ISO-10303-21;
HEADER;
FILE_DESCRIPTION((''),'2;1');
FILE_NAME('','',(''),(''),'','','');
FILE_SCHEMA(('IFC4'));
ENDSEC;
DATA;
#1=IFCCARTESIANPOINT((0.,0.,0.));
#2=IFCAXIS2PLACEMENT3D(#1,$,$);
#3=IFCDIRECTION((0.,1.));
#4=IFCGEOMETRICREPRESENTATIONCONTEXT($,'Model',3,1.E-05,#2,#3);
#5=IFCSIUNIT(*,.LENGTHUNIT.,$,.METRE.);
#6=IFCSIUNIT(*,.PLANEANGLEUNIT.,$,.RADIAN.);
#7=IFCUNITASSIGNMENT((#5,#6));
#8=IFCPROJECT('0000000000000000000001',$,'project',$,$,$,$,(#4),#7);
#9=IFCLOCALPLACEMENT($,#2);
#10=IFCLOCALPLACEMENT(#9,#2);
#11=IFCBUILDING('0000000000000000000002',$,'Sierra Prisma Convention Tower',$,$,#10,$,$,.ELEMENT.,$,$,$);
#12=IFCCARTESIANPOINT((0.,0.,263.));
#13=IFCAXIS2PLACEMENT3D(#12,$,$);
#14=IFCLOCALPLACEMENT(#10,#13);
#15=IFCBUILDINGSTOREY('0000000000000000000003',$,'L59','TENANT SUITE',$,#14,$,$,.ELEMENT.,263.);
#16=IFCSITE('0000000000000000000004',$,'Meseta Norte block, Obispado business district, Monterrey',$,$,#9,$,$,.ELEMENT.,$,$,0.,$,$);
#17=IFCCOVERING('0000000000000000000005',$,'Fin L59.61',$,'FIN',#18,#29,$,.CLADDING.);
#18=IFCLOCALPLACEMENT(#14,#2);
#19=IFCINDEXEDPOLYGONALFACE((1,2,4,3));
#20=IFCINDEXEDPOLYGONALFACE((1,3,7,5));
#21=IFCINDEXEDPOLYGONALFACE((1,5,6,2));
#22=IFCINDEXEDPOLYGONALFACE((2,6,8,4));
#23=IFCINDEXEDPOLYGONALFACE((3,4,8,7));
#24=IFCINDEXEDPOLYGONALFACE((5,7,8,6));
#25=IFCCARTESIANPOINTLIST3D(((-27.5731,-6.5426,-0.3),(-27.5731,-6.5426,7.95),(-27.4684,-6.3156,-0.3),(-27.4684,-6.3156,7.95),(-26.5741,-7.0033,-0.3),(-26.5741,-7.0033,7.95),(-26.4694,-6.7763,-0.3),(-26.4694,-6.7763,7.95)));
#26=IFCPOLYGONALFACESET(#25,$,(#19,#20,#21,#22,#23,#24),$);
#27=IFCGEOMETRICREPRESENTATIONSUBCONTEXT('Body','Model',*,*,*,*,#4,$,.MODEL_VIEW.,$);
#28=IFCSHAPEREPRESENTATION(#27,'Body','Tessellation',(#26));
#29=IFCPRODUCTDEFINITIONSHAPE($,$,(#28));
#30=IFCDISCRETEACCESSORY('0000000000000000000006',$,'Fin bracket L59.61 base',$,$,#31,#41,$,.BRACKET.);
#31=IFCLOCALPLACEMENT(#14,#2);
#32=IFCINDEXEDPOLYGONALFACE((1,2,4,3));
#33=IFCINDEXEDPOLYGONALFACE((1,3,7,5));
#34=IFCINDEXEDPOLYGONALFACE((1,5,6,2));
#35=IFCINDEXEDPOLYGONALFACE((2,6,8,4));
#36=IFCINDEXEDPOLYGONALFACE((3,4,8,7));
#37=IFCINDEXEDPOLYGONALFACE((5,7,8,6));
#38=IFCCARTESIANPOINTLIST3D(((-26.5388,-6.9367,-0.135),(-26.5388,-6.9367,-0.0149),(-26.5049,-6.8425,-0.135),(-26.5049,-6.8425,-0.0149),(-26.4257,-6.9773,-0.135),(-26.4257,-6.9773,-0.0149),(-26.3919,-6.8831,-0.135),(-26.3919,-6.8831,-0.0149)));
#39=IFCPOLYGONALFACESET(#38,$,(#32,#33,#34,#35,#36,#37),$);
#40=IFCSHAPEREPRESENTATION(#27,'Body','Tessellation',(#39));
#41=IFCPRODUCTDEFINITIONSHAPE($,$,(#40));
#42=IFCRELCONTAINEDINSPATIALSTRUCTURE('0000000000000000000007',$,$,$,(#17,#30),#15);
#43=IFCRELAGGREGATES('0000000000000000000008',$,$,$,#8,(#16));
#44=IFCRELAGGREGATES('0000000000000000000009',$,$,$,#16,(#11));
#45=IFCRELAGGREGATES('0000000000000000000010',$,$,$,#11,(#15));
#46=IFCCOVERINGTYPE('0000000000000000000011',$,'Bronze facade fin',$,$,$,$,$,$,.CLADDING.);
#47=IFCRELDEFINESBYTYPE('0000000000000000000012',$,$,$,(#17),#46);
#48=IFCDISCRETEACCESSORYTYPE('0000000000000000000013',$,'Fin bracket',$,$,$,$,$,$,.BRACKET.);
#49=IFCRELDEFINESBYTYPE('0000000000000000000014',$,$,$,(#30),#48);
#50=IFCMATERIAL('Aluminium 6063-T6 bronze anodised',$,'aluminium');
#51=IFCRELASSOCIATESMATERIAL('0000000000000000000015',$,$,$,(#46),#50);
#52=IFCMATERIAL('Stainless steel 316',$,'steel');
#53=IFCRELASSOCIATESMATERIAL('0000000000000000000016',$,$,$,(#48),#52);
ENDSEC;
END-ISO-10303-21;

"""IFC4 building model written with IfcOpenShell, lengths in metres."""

from ifc_helpers import new_model, si_unit, direction, frame, origin, origin_2d, place, context, subcontext, project, spatial, rectangle, extrude, material, material_profile, profile_set, type_object, element, save


model = new_model("IFC4")

# Units and contexts
model_context = context("Model", 3, precision=1e-05, world=origin(), true_north=direction((0.0, 1.0)))
body_context = subcontext(model_context, "Body", "Model", "MODEL_VIEW")
ifc_project = project(units=[si_unit("LENGTHUNIT", "METRE"), si_unit("PLANEANGLEUNIT", "RADIAN")], contexts=[model_context])

# Site, building, storey
site_placement = place(None, origin())
site = spatial("IfcSite", under=ifc_project, at=site_placement, Name="Meseta Norte block, Obispado business district, Monterrey", CompositionType="ELEMENT", RefElevation=0.0)
building_placement = place(site_placement, origin())
building = spatial("IfcBuilding", under=site, at=building_placement, Name="Sierra Prisma Convention Tower", CompositionType="ELEMENT")
storey_placement = place(building_placement, frame((0.0, 0.0, 263.0)))
storey = spatial("IfcBuildingStorey", under=building, at=storey_placement, Name="L59", Description="TENANT SUITE", CompositionType="ELEMENT", Elevation=263.0)

# Covering
ifc_material_1 = material(Name="Aluminium 6063-T6 bronze anodised", Category="aluminium")
ifc_material_profile_1 = material_profile(ifc_material_1, rectangle(XDim=1.1001, YDim=0.25, at=origin_2d()), Name="ALU FIN 1100x250")
ifc_profile_set_1 = profile_set([ifc_material_profile_1], Name="Aluminium 6063-T6 bronze anodised")
covering_type = type_object("IfcCoveringType", Name="Bronze facade fin", PredefinedType="CLADDING", material=ifc_profile_set_1)
covering_placement = place(storey_placement, frame((-27.0212, -6.6594, -0.3), z_axis=(0.0, 0.0, 1.0), x_axis=(-0.90808, 0.418797, 0.0)))
element("IfcCovering", 1, at=covering_placement, inside=storey, type_object=covering_type, Name="Fin L59.61", ObjectType="FIN", PredefinedType="CLADDING", context=body_context, shape_type="SweptSolid", body=[
    extrude(rectangle(XDim=1.1001, YDim=0.25, at=origin_2d()), origin(), (0.0, 0.0, 1.0), 8.25),
])

# Discrete accessory
ifc_material_2 = material(Name="Stainless steel 316", Category="steel")
discrete_accessory_type = type_object("IfcDiscreteAccessoryType", Name="Fin bracket", PredefinedType="BRACKET", material=ifc_material_2)
discrete_accessory_placement = place(storey_placement, frame((-26.4653, -6.9099, -0.135), z_axis=(0.0, 0.0, 1.0), x_axis=(-0.941125, 0.338059, 0.0)))
element("IfcDiscreteAccessory", 2, at=discrete_accessory_placement, inside=storey, type_object=discrete_accessory_type, Name="Fin bracket L59.61 base", PredefinedType="BRACKET", context=body_context, shape_type="SweptSolid", body=[
    extrude(rectangle(XDim=0.1201, YDim=0.1001, at=origin_2d()), origin(), (0.0, 0.0, 1.0), 0.1201),
])

save(model, "model.ifc")
